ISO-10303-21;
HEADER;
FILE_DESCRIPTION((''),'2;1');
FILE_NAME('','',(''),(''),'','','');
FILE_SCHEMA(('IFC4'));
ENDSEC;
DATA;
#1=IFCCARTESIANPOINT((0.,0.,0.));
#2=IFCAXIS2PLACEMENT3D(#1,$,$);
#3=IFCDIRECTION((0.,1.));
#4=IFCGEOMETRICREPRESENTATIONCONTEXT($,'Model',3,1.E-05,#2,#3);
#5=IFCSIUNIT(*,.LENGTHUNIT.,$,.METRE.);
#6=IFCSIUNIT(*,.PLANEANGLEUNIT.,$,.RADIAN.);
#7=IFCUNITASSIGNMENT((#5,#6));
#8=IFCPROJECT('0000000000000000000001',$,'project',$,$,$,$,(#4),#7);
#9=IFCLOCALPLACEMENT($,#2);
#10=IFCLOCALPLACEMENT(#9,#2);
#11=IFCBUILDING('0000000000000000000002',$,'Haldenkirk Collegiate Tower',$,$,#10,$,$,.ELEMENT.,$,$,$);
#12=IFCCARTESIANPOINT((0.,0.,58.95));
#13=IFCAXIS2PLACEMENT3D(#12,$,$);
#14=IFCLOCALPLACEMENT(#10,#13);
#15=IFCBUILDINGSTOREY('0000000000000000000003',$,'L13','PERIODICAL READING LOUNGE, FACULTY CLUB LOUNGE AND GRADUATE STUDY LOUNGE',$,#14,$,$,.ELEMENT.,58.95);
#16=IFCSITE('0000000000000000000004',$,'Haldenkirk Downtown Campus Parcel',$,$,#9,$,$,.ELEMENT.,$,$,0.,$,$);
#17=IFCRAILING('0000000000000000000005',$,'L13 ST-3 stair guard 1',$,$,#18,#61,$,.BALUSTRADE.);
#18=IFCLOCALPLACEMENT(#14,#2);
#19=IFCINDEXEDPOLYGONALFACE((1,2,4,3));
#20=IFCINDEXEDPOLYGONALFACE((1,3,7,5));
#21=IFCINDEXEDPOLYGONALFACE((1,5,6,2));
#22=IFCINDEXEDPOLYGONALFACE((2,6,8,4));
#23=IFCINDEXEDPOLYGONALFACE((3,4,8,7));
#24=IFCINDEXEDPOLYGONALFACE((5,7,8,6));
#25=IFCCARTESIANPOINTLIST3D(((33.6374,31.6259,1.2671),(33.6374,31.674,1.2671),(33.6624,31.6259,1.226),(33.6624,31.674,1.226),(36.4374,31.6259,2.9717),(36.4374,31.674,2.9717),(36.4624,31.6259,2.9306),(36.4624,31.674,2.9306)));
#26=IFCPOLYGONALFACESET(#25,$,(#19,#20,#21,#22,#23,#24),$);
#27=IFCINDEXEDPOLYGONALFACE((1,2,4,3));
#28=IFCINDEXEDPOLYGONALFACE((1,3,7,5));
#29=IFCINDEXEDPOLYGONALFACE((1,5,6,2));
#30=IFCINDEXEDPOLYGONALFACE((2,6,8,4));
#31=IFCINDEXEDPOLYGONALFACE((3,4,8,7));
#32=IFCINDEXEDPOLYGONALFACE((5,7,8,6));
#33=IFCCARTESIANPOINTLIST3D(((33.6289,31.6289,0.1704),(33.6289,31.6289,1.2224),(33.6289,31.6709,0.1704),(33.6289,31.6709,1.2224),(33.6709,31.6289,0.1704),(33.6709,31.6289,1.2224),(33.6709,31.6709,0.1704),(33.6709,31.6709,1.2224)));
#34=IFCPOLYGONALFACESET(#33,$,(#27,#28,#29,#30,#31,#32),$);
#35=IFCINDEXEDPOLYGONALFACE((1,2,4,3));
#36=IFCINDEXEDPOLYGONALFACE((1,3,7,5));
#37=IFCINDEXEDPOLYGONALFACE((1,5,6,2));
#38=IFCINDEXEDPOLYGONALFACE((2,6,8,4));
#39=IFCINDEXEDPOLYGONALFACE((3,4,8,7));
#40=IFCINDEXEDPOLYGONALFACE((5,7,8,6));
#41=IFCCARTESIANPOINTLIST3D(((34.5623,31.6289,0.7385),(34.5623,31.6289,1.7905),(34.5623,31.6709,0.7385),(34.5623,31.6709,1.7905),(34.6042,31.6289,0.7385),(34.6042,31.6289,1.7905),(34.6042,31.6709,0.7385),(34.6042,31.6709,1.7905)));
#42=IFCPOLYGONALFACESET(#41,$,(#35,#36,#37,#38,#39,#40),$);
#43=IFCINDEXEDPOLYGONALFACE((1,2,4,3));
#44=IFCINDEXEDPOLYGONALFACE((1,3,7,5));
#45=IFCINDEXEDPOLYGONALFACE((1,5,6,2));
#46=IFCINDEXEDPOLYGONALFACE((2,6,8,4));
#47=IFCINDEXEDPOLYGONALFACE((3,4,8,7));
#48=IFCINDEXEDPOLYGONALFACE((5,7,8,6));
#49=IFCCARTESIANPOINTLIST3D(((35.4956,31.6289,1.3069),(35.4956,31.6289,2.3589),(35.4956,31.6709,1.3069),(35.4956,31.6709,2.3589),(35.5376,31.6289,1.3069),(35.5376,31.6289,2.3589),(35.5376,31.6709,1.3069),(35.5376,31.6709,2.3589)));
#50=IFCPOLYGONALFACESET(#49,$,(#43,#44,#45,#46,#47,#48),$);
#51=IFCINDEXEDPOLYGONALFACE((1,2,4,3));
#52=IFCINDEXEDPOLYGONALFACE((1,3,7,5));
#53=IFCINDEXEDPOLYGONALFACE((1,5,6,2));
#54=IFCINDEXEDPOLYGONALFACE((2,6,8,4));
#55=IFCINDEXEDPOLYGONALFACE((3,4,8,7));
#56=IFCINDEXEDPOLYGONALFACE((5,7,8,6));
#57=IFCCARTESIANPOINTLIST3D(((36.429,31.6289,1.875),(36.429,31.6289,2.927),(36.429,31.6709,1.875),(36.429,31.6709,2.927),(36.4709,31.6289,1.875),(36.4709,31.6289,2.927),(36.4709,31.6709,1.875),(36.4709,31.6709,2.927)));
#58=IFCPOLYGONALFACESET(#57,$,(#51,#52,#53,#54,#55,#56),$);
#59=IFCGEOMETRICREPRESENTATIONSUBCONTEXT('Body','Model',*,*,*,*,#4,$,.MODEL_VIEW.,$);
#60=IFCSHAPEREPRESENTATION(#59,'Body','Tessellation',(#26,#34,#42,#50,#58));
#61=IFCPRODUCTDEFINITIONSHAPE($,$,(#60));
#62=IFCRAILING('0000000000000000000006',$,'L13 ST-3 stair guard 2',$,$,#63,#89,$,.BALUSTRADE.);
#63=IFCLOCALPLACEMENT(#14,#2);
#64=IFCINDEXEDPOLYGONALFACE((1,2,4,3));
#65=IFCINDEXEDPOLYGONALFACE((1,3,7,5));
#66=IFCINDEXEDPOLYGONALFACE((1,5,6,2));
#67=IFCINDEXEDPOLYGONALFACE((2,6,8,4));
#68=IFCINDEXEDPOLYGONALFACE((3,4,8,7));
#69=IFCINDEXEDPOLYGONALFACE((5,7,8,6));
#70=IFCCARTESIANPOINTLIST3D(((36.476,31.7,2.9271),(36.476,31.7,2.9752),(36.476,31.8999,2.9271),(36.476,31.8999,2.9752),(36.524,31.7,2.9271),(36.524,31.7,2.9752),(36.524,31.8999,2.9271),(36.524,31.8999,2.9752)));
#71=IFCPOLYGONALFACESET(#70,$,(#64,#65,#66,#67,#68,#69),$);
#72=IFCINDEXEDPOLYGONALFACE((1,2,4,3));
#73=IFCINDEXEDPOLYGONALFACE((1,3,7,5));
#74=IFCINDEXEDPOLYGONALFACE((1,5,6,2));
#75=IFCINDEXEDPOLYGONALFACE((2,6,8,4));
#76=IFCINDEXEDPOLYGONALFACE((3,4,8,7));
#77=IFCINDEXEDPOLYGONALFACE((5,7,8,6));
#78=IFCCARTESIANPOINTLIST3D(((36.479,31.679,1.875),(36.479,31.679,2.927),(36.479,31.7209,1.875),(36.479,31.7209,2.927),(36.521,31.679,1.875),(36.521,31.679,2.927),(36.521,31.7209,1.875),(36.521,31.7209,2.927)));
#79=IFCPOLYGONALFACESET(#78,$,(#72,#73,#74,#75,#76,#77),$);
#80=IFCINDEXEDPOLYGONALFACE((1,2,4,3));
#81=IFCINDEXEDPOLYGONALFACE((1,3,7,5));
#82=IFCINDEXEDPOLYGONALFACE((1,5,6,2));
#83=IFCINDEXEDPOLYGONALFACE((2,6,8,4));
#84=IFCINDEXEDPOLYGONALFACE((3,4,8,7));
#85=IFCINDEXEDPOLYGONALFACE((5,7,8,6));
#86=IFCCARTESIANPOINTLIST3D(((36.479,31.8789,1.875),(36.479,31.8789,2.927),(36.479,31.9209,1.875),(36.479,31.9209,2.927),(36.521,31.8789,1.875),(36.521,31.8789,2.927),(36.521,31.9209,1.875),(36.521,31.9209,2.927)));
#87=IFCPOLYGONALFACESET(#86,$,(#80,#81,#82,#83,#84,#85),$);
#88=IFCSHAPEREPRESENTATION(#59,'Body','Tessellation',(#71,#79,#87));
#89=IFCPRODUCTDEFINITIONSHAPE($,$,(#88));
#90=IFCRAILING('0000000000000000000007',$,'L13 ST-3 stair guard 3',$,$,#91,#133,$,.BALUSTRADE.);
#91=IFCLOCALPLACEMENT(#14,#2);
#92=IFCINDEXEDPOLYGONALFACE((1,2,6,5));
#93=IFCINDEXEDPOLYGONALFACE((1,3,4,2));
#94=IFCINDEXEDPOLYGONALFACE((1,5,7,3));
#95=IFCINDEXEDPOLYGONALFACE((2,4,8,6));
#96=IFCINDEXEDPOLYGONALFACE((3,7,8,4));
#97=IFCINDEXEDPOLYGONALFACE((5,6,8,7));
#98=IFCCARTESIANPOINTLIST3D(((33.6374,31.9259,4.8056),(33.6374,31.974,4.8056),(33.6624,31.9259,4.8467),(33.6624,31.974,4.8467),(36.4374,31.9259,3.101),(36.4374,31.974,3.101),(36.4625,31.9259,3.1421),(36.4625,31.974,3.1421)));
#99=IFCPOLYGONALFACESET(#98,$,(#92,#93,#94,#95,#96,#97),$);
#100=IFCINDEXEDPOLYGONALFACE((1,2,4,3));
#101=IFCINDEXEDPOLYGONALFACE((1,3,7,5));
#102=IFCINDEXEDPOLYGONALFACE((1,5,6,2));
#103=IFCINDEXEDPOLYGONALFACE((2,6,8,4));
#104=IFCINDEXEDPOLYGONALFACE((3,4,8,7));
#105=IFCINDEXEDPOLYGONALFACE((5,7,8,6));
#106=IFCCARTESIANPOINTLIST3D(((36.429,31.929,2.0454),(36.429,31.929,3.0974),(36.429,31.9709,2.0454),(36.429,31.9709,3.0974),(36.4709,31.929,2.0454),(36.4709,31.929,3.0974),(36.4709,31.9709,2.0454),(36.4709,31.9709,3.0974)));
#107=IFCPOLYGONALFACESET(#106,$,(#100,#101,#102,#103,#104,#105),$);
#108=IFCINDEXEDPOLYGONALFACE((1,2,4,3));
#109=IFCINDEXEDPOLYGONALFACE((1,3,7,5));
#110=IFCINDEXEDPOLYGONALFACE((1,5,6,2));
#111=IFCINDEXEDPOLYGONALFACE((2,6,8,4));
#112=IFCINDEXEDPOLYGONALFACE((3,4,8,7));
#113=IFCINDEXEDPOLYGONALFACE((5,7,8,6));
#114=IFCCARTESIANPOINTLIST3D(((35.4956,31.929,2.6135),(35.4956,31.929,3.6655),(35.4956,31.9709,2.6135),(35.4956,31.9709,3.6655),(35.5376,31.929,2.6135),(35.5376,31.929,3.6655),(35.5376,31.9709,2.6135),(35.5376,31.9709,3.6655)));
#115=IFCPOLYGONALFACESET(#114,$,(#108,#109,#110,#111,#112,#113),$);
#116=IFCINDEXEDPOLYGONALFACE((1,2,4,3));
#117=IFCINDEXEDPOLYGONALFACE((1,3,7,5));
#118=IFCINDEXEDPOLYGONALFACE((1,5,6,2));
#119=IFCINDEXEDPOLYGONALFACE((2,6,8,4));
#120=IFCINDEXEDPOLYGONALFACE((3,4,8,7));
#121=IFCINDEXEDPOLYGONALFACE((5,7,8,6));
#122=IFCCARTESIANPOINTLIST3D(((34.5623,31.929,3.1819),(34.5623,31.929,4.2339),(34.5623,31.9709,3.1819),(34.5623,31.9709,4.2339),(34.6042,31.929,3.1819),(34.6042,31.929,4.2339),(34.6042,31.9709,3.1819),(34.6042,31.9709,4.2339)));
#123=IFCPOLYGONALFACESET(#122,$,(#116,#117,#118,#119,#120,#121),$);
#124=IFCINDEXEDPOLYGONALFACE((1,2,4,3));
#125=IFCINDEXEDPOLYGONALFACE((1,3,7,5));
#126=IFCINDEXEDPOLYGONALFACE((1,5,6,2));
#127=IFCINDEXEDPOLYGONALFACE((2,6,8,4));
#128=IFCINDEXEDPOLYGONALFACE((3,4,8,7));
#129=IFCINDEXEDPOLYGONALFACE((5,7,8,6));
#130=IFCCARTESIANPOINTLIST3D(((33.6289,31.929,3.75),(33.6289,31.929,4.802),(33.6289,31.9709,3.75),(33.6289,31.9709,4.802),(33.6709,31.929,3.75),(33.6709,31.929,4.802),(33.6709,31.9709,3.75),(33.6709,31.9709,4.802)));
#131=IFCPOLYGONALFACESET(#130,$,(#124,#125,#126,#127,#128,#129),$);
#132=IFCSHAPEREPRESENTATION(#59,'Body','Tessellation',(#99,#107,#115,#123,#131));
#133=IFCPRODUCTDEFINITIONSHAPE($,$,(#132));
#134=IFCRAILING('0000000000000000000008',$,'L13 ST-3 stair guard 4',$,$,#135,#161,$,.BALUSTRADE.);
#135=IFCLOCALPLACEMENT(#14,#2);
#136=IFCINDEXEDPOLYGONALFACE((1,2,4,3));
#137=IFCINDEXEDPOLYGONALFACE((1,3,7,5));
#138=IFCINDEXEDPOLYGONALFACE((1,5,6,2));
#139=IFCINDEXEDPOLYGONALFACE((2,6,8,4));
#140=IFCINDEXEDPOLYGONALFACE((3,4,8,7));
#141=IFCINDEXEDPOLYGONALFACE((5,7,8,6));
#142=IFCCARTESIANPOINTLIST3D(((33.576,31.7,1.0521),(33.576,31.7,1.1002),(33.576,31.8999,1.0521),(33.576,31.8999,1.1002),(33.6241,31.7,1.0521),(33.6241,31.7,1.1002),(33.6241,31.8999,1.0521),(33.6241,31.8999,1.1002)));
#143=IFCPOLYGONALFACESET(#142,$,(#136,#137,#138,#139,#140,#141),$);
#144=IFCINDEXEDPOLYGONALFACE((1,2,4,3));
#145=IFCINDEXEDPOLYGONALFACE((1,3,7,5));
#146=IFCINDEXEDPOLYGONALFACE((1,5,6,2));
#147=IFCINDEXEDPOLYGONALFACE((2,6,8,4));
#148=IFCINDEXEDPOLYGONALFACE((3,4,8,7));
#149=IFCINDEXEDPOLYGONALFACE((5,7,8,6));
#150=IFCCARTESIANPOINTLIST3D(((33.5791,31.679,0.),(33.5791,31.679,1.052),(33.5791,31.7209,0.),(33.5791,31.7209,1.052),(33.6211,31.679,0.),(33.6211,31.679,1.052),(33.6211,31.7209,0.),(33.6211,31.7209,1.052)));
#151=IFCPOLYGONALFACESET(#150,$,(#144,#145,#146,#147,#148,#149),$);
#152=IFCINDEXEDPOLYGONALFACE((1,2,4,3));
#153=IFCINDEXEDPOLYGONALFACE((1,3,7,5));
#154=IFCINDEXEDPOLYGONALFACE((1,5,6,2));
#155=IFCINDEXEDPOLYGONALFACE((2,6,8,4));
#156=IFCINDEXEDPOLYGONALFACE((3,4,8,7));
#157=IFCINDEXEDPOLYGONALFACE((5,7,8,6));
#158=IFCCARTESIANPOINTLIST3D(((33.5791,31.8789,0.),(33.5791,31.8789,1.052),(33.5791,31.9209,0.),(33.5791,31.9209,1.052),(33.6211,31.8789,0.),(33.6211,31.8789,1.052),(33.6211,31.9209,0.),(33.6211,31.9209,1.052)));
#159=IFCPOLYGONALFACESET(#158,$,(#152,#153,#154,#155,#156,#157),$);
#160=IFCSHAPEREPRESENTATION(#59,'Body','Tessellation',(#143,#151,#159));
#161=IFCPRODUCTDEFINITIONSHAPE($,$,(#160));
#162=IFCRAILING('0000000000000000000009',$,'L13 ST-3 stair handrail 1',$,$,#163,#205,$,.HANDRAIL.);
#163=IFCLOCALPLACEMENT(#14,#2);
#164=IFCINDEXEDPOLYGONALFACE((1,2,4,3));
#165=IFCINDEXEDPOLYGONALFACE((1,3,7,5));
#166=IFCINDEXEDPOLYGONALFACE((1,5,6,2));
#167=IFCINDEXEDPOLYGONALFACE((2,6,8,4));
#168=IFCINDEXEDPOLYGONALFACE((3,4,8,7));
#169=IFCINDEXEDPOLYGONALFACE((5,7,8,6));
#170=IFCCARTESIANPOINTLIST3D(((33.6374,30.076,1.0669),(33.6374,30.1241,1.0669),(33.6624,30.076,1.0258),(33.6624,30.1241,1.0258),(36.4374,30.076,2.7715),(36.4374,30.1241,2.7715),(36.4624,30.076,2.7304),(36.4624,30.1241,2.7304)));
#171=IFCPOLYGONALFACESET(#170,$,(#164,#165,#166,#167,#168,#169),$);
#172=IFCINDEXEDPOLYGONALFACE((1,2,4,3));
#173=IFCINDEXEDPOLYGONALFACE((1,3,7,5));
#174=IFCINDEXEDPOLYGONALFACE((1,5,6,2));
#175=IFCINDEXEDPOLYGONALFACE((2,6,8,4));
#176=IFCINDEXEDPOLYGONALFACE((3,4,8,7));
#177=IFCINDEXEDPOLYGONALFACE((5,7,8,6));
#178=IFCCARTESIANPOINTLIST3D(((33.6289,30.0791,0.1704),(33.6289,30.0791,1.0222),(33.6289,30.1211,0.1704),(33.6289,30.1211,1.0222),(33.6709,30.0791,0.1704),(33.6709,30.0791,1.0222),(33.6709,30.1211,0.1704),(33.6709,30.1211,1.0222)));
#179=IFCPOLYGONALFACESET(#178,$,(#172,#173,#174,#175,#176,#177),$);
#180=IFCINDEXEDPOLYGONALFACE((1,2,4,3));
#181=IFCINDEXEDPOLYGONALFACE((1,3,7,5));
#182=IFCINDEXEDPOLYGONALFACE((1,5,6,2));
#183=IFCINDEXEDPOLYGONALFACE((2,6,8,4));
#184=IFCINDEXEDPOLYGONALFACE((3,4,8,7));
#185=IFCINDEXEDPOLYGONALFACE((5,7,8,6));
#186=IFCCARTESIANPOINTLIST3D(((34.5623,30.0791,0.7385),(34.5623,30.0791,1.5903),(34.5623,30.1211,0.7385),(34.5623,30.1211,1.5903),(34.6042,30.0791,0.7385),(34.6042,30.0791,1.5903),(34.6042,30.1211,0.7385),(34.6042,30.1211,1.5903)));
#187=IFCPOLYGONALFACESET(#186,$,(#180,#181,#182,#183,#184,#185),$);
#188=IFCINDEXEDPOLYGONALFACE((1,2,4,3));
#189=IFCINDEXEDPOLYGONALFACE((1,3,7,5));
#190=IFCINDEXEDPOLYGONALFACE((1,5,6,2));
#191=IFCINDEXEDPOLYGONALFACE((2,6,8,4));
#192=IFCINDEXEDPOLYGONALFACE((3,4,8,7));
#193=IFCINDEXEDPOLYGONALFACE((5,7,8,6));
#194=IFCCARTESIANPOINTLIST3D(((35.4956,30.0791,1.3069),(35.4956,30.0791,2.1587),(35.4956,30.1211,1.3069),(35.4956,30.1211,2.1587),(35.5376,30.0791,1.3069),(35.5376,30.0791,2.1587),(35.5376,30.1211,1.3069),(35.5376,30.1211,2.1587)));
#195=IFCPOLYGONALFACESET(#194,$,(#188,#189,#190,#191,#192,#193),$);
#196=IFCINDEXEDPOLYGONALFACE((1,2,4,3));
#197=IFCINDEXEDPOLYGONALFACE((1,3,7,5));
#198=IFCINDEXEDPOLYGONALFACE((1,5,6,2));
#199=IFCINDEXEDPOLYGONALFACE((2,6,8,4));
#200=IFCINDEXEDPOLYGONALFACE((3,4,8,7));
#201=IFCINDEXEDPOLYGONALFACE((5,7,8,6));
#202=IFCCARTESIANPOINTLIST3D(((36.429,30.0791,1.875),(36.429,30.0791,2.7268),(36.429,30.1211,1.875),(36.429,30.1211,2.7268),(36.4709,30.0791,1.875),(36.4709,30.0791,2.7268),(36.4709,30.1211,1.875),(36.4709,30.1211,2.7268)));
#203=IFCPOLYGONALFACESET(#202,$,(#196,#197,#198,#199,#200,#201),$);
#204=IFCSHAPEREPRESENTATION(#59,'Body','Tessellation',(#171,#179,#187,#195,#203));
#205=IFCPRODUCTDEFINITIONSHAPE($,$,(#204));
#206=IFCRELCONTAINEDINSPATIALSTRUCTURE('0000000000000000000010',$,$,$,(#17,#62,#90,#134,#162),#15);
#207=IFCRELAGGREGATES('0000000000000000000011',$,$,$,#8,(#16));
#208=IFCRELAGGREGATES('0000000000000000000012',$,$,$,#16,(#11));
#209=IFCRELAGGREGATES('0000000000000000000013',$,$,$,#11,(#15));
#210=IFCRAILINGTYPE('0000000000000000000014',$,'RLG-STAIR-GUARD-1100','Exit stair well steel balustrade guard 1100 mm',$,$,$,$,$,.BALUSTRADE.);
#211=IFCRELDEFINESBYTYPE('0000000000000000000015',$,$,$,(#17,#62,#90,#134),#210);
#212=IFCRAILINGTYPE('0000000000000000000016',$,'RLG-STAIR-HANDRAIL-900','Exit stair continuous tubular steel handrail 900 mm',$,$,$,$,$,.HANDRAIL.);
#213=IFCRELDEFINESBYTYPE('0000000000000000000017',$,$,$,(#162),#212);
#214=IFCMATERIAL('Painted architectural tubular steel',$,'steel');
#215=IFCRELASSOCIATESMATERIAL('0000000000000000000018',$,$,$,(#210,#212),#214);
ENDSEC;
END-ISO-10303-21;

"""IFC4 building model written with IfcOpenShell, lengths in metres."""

from ifc_helpers import new_model, si_unit, direction, frame, origin, origin_2d, place, context, subcontext, project, spatial, rectangle, extrude, material, type_object, element, save


model = new_model("IFC4")

# Units and contexts
model_context = context("Model", 3, precision=1e-05, world=origin(), true_north=direction((0.0, 1.0)))
body_context = subcontext(model_context, "Body", "Model", "MODEL_VIEW")
ifc_project = project(units=[si_unit("LENGTHUNIT", "METRE"), si_unit("PLANEANGLEUNIT", "RADIAN")], contexts=[model_context])

# Site, building, storey
site_placement = place(None, origin())
site = spatial("IfcSite", under=ifc_project, at=site_placement, Name="Haldenkirk Downtown Campus Parcel", CompositionType="ELEMENT", RefElevation=0.0)
building_placement = place(site_placement, origin())
building = spatial("IfcBuilding", under=site, at=building_placement, Name="Haldenkirk Collegiate Tower", CompositionType="ELEMENT")
storey_placement = place(building_placement, frame((0.0, 0.0, 58.95)))
storey = spatial("IfcBuildingStorey", under=building, at=storey_placement, Name="L13", Description="PERIODICAL READING LOUNGE, FACULTY CLUB LOUNGE AND GRADUATE STUDY LOUNGE", CompositionType="ELEMENT", Elevation=58.95)

# Railings
ifc_material_1 = material(Name="Painted architectural tubular steel", Category="steel")
railing_type_1 = type_object("IfcRailingType", Name="RLG-STAIR-GUARD-1100", Description="Exit stair well steel balustrade guard 1100 mm", PredefinedType="BALUSTRADE", material=ifc_material_1)
railing_1_placement = place(storey_placement, frame((33.6499, 31.6499, 0.1704)))
element("IfcRailing", 1, at=railing_1_placement, inside=storey, type_object=railing_type_1, Name="L13 ST-3 stair guard 1", PredefinedType="BALUSTRADE", context=body_context, shape_type="SweptSolid", body=[
    extrude(rectangle(XDim=0.0481, YDim=0.0481, at=origin_2d()), frame((0.0, 0.0, 1.0762), z_axis=(0.85417, 0.0, 0.519994), x_axis=(0.0, 1.0, 0.0)), (0.0, 0.0, 1.0), 3.2781),
    extrude(rectangle(XDim=0.042, YDim=0.042, at=origin_2d()), origin(), (0.0, 0.0, 1.0), 1.052),
    extrude(rectangle(XDim=0.042, YDim=0.042, at=origin_2d()), frame((0.9333, 0.0, 0.5681)), (0.0, 0.0, 1.0), 1.052),
    extrude(rectangle(XDim=0.042, YDim=0.042, at=origin_2d()), frame((1.8667, 0.0, 1.1365)), (0.0, 0.0, 1.0), 1.052),
    extrude(rectangle(XDim=0.042, YDim=0.042, at=origin_2d()), frame((2.8, 0.0, 1.7046)), (0.0, 0.0, 1.0), 1.052),
])
railing_2_placement = place(storey_placement, frame((36.5, 31.7, 1.875)))
element("IfcRailing", 2, at=railing_2_placement, inside=storey, type_object=railing_type_1, Name="L13 ST-3 stair guard 2", PredefinedType="BALUSTRADE", context=body_context, shape_type="SweptSolid", body=[
    extrude(rectangle(XDim=0.0481, YDim=0.0481, at=origin_2d()), frame((0.0, 0.0, 1.0762), z_axis=(0.0, 1.0, 0.0), x_axis=(-1.0, 0.0, 0.0)), (0.0, 0.0, 1.0), 0.2),
    extrude(rectangle(XDim=0.042, YDim=0.042, at=origin_2d()), origin(), (0.0, 0.0, 1.0), 1.052),
    extrude(rectangle(XDim=0.042, YDim=0.042, at=origin_2d()), frame((0.0, 0.2, 0.0)), (0.0, 0.0, 1.0), 1.052),
])
railing_3_placement = place(storey_placement, frame((36.45, 31.95, 2.0454)))
element("IfcRailing", 3, at=railing_3_placement, inside=storey, type_object=railing_type_1, Name="L13 ST-3 stair guard 3", PredefinedType="BALUSTRADE", context=body_context, shape_type="SweptSolid", body=[
    extrude(rectangle(XDim=0.0481, YDim=0.0481, at=origin_2d()), frame((0.0, 0.0, 1.0762), z_axis=(-0.85417, 0.0, 0.519994), x_axis=(0.0, -1.0, 0.0)), (0.0, 0.0, 1.0), 3.2781),
    extrude(rectangle(XDim=0.042, YDim=0.042, at=origin_2d()), origin(), (0.0, 0.0, 1.0), 1.052),
    extrude(rectangle(XDim=0.042, YDim=0.042, at=origin_2d()), frame((-0.9333, 0.0, 0.5681)), (0.0, 0.0, 1.0), 1.052),
    extrude(rectangle(XDim=0.042, YDim=0.042, at=origin_2d()), frame((-1.8667, 0.0, 1.1365)), (0.0, 0.0, 1.0), 1.052),
    extrude(rectangle(XDim=0.042, YDim=0.042, at=origin_2d()), frame((-2.8, 0.0, 1.7046)), (0.0, 0.0, 1.0), 1.052),
])
railing_4_placement = place(storey_placement, frame((33.6001, 31.7, 0.0)))
element("IfcRailing", 4, at=railing_4_placement, inside=storey, type_object=railing_type_1, Name="L13 ST-3 stair guard 4", PredefinedType="BALUSTRADE", context=body_context, shape_type="SweptSolid", body=[
    extrude(rectangle(XDim=0.0481, YDim=0.0481, at=origin_2d()), frame((0.0, 0.0, 1.0762), z_axis=(0.0, 1.0, 0.0), x_axis=(-1.0, 0.0, 0.0)), (0.0, 0.0, 1.0), 0.2),
    extrude(rectangle(XDim=0.042, YDim=0.042, at=origin_2d()), origin(), (0.0, 0.0, 1.0), 1.052),
    extrude(rectangle(XDim=0.042, YDim=0.042, at=origin_2d()), frame((0.0, 0.2, 0.0)), (0.0, 0.0, 1.0), 1.052),
])
railing_type_2 = type_object("IfcRailingType", Name="RLG-STAIR-HANDRAIL-900", Description="Exit stair continuous tubular steel handrail 900 mm", PredefinedType="HANDRAIL", material=ifc_material_1)
railing_5_placement = place(storey_placement, frame((33.6499, 30.1001, 0.1704)))
element("IfcRailing", 5, at=railing_5_placement, inside=storey, type_object=railing_type_2, Name="L13 ST-3 stair handrail 1", PredefinedType="HANDRAIL", context=body_context, shape_type="SweptSolid", body=[
    extrude(rectangle(XDim=0.0481, YDim=0.0481, at=origin_2d()), frame((0.0, 0.0, 0.876), z_axis=(0.85417, 0.0, 0.519994), x_axis=(0.0, 1.0, 0.0)), (0.0, 0.0, 1.0), 3.2781),
    extrude(rectangle(XDim=0.042, YDim=0.042, at=origin_2d()), origin(), (0.0, 0.0, 1.0), 0.8518),
    extrude(rectangle(XDim=0.042, YDim=0.042, at=origin_2d()), frame((0.9333, 0.0, 0.5681)), (0.0, 0.0, 1.0), 0.8518),
    extrude(rectangle(XDim=0.042, YDim=0.042, at=origin_2d()), frame((1.8667, 0.0, 1.1365)), (0.0, 0.0, 1.0), 0.8518),
    extrude(rectangle(XDim=0.042, YDim=0.042, at=origin_2d()), frame((2.8, 0.0, 1.7046)), (0.0, 0.0, 1.0), 0.8518),
])

save(model, "model.ifc")
